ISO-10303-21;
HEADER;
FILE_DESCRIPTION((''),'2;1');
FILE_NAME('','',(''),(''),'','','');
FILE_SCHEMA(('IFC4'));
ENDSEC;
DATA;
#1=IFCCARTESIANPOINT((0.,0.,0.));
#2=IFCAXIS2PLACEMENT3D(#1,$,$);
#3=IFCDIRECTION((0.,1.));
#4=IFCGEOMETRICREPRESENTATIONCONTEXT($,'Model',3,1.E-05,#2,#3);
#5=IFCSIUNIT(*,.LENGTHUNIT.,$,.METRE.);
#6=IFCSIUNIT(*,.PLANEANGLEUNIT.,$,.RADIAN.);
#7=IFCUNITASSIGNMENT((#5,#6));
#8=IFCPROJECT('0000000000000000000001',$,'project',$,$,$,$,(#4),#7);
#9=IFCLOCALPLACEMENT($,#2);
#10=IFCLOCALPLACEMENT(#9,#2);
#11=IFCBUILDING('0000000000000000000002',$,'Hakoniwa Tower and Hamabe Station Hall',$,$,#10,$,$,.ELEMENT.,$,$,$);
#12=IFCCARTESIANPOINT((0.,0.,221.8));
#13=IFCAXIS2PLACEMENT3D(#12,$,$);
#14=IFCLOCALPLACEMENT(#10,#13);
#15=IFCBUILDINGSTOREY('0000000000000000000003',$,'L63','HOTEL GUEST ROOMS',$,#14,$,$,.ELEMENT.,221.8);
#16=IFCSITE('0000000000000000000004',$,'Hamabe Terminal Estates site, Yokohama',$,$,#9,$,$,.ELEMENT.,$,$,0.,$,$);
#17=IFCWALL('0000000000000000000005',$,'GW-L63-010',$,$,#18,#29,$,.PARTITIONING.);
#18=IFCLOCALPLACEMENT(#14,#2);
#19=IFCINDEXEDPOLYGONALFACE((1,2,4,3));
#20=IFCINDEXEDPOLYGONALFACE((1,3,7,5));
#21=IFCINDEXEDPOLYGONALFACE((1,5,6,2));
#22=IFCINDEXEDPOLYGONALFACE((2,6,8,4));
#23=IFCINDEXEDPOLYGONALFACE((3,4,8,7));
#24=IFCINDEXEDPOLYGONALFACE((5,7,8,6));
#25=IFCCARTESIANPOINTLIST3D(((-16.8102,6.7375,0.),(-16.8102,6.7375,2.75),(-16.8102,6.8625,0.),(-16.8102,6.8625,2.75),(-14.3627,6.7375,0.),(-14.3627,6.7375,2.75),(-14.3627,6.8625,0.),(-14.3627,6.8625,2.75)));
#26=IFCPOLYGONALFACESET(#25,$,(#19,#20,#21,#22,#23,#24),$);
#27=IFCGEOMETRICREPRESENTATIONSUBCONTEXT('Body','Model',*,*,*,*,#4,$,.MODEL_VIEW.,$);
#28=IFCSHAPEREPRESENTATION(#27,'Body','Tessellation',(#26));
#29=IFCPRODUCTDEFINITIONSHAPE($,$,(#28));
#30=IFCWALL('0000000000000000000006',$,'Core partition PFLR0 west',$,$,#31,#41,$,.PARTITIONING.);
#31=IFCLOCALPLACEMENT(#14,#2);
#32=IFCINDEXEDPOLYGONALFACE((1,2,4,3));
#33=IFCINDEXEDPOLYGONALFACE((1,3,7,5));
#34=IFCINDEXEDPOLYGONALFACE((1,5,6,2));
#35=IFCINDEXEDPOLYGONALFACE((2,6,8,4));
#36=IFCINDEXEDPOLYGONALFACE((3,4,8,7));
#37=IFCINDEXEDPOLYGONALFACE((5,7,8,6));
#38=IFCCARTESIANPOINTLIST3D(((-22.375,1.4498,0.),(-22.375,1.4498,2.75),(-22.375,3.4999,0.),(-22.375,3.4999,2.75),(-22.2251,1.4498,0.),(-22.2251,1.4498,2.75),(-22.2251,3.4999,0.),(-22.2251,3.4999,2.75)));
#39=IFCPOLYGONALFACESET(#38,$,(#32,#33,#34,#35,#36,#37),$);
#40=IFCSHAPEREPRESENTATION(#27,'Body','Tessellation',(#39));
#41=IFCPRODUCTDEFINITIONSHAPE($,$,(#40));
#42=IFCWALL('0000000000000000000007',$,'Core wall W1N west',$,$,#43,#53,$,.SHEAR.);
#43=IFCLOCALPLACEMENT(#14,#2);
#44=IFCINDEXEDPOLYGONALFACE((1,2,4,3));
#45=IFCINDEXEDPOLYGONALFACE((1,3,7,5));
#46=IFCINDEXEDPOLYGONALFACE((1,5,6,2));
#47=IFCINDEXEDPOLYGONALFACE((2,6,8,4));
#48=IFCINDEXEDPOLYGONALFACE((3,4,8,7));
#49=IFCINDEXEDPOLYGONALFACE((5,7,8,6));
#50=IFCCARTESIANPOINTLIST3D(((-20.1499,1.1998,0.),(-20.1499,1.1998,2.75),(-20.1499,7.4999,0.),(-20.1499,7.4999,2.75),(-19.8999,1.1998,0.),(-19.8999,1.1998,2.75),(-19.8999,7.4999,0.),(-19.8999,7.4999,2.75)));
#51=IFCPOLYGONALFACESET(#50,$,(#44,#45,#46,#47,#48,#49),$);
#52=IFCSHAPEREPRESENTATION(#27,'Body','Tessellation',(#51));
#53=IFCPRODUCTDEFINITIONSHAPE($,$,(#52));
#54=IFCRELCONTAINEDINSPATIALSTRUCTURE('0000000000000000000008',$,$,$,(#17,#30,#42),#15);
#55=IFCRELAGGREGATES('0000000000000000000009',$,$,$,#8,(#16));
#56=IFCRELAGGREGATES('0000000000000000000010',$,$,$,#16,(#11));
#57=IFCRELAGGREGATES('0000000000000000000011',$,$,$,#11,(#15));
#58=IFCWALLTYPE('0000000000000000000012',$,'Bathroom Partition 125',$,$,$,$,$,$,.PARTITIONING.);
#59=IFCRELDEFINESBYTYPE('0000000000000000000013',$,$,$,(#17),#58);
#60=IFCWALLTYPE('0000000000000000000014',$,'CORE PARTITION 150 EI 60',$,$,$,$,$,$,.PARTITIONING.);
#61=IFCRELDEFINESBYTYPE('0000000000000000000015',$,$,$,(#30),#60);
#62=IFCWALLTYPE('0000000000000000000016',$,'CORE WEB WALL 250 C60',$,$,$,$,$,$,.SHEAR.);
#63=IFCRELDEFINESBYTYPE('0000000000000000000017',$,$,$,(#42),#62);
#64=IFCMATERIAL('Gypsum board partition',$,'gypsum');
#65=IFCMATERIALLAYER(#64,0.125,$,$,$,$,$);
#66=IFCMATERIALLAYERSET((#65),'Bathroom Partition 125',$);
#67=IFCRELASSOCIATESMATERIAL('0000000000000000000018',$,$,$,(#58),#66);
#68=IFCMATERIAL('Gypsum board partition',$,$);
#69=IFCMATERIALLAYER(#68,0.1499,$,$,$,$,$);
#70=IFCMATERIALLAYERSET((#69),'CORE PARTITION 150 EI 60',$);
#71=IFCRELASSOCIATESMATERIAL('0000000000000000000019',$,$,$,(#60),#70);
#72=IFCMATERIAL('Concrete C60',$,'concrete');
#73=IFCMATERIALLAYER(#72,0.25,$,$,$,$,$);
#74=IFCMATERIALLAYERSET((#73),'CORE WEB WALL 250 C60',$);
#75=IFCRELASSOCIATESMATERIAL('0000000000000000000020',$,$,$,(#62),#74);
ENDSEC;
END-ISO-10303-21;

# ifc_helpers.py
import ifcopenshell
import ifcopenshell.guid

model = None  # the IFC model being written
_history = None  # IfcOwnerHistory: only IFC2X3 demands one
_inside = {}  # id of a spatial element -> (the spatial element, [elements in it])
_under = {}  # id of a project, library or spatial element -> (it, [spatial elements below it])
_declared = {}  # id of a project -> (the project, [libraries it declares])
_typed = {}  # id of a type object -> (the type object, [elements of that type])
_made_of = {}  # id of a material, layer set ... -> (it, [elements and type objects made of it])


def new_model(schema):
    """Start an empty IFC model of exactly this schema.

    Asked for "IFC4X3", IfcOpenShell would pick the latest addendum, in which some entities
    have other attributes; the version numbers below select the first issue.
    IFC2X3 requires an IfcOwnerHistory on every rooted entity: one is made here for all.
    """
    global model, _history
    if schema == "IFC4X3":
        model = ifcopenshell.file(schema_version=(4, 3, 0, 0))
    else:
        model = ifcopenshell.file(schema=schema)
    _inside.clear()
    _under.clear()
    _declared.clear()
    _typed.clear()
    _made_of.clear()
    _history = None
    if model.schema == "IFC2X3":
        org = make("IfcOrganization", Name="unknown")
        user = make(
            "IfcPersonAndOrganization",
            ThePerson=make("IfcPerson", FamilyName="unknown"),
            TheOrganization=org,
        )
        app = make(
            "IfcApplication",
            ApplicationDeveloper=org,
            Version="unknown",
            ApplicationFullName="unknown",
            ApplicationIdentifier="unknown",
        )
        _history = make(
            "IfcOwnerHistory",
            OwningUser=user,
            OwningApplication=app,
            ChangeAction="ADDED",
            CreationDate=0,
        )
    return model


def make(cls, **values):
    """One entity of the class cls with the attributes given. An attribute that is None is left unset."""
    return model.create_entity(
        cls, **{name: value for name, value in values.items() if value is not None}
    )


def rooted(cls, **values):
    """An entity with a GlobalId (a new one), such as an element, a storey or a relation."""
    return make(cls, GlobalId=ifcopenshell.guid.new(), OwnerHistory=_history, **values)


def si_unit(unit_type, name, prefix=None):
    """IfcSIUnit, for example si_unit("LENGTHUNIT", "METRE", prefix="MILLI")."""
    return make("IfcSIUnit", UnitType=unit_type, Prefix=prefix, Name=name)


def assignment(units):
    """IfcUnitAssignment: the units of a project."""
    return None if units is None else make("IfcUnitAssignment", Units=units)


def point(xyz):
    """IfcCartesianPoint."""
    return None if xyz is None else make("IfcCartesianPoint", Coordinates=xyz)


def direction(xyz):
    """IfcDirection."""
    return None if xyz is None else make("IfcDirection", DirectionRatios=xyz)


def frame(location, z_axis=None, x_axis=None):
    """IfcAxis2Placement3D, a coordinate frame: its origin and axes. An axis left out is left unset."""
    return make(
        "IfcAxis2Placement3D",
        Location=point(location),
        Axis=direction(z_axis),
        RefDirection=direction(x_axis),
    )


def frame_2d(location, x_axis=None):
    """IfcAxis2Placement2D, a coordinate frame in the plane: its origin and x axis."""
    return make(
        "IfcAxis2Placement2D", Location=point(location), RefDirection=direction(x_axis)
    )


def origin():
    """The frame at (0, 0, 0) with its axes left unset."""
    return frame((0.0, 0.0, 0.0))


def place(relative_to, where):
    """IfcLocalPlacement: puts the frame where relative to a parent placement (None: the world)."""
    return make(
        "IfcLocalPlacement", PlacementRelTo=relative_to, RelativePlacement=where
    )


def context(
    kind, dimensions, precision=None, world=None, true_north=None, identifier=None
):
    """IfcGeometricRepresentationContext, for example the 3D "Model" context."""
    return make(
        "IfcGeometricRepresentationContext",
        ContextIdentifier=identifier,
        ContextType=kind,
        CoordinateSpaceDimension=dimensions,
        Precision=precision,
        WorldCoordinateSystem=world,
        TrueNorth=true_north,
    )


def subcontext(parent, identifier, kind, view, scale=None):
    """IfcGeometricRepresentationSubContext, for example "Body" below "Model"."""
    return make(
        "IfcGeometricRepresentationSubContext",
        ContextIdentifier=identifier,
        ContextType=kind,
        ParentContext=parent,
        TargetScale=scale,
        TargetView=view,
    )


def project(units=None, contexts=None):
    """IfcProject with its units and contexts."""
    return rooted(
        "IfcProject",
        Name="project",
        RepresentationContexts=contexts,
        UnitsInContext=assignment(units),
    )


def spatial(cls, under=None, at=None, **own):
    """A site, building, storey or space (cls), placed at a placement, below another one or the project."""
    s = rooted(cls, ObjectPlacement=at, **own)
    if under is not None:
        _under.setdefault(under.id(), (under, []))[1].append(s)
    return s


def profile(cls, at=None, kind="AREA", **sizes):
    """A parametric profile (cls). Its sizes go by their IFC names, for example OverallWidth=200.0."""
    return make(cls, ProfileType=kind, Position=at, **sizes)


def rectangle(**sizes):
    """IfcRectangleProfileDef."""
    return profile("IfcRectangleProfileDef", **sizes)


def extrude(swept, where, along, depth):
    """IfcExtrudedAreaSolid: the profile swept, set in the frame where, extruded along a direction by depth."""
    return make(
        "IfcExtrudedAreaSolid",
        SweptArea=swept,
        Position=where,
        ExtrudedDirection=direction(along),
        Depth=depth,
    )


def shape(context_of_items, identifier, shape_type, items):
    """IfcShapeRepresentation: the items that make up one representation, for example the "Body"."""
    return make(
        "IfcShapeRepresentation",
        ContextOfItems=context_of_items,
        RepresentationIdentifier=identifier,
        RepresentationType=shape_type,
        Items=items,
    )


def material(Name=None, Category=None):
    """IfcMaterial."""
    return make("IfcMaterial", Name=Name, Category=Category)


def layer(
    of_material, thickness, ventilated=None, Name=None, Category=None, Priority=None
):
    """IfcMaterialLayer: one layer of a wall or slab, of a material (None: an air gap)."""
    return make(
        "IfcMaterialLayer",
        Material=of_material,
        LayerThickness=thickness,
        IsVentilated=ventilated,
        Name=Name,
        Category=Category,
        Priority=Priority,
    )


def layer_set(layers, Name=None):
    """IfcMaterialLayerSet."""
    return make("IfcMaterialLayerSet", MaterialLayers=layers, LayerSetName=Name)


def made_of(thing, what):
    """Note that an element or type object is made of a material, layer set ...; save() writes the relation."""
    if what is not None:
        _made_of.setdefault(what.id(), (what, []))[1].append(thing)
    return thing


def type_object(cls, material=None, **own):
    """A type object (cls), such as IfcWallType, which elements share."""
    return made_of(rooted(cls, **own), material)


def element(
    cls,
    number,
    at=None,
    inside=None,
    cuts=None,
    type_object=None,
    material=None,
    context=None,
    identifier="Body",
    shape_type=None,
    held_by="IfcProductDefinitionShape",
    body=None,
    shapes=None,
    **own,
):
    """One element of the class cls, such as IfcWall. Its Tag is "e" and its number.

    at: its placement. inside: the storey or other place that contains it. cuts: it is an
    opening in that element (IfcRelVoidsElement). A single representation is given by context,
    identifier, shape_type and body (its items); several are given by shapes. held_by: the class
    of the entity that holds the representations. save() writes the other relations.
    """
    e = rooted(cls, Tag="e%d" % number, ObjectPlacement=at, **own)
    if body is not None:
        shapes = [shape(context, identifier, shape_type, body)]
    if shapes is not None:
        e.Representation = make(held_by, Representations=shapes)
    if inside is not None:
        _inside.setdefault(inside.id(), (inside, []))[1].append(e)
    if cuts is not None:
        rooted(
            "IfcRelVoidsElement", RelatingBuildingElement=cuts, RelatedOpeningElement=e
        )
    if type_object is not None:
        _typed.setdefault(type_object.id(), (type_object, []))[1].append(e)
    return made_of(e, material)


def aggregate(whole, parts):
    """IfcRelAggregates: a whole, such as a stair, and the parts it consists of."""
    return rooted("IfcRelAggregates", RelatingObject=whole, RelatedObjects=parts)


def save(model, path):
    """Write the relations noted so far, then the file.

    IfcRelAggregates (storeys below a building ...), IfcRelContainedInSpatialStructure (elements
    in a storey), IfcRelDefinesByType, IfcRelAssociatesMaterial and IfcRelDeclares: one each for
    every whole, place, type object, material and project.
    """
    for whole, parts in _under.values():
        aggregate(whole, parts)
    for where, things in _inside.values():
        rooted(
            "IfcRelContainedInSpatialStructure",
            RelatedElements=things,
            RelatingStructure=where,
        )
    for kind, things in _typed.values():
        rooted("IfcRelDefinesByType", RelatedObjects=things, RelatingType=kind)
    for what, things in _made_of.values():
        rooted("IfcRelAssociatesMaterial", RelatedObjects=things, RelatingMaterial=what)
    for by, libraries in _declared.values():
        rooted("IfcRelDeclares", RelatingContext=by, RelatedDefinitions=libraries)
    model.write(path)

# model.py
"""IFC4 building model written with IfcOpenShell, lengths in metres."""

from ifc_helpers import new_model, si_unit, direction, frame, frame_2d, origin, place, context, subcontext, project, spatial, rectangle, extrude, material, layer, layer_set, type_object, element, save


model = new_model("IFC4")

# Units and contexts
model_context = context("Model", 3, precision=1e-05, world=origin(), true_north=direction((0.0, 1.0)))
body_context = subcontext(model_context, "Body", "Model", "MODEL_VIEW")
ifc_project = project(units=[si_unit("LENGTHUNIT", "METRE"), si_unit("PLANEANGLEUNIT", "RADIAN")], contexts=[model_context])

# Site, building, storey
site_placement = place(None, origin())
site = spatial("IfcSite", under=ifc_project, at=site_placement, Name="Hamabe Terminal Estates site, Yokohama", CompositionType="ELEMENT", RefElevation=0.0)
building_placement = place(site_placement, origin())
building = spatial("IfcBuilding", under=site, at=building_placement, Name="Hakoniwa Tower and Hamabe Station Hall", CompositionType="ELEMENT")
storey_placement = place(building_placement, frame((0.0, 0.0, 221.8)))
storey = spatial("IfcBuildingStorey", under=building, at=storey_placement, Name="L63", Description="HOTEL GUEST ROOMS", CompositionType="ELEMENT", Elevation=221.8)

# Walls
ifc_material_1 = material(Name="Gypsum board partition", Category="gypsum")
ifc_layer_1 = layer(ifc_material_1, 0.125)
ifc_layer_set_1 = layer_set([ifc_layer_1], Name="Bathroom Partition 125")
wall_type_1 = type_object("IfcWallType", Name="Bathroom Partition 125", PredefinedType="PARTITIONING", material=ifc_layer_set_1)
wall_1_placement = place(storey_placement, frame((-16.8101, 6.8, 0.0), z_axis=(0.0, 0.0, 1.0), x_axis=(1.0, 0.0, 0.0)))
element("IfcWall", 1, at=wall_1_placement, inside=storey, type_object=wall_type_1, Name="GW-L63-010", PredefinedType="PARTITIONING", context=body_context, shape_type="SweptSolid", body=[
    extrude(rectangle(XDim=2.4475, YDim=0.125, at=frame_2d((1.2236, 0.0))), origin(), (0.0, 0.0, 1.0), 2.75),
])
ifc_material_2 = material(Name="Gypsum board partition")
ifc_layer_2 = layer(ifc_material_2, 0.1499)
ifc_layer_set_2 = layer_set([ifc_layer_2], Name="CORE PARTITION 150 EI 60")
wall_type_2 = type_object("IfcWallType", Name="CORE PARTITION 150 EI 60", PredefinedType="PARTITIONING", material=ifc_layer_set_2)
wall_2_placement = place(storey_placement, frame((-22.3, 1.45, 0.0), z_axis=(0.0, 0.0, 1.0), x_axis=(0.0, 1.0, 0.0)))
element("IfcWall", 2, at=wall_2_placement, inside=storey, type_object=wall_type_2, Name="Core partition PFLR0 west", PredefinedType="PARTITIONING", context=body_context, shape_type="SweptSolid", body=[
    extrude(rectangle(XDim=2.05, YDim=0.1499, at=frame_2d((1.0249, 0.0))), origin(), (0.0, 0.0, 1.0), 2.75),
])
ifc_material_3 = material(Name="Concrete C60", Category="concrete")
ifc_layer_3 = layer(ifc_material_3, 0.25)
ifc_layer_set_3 = layer_set([ifc_layer_3], Name="CORE WEB WALL 250 C60")
wall_type_3 = type_object("IfcWallType", Name="CORE WEB WALL 250 C60", PredefinedType="SHEAR", material=ifc_layer_set_3)
wall_3_placement = place(storey_placement, frame((-20.0249, 1.2, 0.0), z_axis=(0.0, 0.0, 1.0), x_axis=(0.0, 1.0, 0.0)))
element("IfcWall", 3, at=wall_3_placement, inside=storey, type_object=wall_type_3, Name="Core wall W1N west", PredefinedType="SHEAR", context=body_context, shape_type="SweptSolid", body=[
    extrude(rectangle(XDim=6.3, YDim=0.25, at=frame_2d((3.1499, 0.0))), origin(), (0.0, 0.0, 1.0), 2.75),
])

save(model, "model.ifc")
